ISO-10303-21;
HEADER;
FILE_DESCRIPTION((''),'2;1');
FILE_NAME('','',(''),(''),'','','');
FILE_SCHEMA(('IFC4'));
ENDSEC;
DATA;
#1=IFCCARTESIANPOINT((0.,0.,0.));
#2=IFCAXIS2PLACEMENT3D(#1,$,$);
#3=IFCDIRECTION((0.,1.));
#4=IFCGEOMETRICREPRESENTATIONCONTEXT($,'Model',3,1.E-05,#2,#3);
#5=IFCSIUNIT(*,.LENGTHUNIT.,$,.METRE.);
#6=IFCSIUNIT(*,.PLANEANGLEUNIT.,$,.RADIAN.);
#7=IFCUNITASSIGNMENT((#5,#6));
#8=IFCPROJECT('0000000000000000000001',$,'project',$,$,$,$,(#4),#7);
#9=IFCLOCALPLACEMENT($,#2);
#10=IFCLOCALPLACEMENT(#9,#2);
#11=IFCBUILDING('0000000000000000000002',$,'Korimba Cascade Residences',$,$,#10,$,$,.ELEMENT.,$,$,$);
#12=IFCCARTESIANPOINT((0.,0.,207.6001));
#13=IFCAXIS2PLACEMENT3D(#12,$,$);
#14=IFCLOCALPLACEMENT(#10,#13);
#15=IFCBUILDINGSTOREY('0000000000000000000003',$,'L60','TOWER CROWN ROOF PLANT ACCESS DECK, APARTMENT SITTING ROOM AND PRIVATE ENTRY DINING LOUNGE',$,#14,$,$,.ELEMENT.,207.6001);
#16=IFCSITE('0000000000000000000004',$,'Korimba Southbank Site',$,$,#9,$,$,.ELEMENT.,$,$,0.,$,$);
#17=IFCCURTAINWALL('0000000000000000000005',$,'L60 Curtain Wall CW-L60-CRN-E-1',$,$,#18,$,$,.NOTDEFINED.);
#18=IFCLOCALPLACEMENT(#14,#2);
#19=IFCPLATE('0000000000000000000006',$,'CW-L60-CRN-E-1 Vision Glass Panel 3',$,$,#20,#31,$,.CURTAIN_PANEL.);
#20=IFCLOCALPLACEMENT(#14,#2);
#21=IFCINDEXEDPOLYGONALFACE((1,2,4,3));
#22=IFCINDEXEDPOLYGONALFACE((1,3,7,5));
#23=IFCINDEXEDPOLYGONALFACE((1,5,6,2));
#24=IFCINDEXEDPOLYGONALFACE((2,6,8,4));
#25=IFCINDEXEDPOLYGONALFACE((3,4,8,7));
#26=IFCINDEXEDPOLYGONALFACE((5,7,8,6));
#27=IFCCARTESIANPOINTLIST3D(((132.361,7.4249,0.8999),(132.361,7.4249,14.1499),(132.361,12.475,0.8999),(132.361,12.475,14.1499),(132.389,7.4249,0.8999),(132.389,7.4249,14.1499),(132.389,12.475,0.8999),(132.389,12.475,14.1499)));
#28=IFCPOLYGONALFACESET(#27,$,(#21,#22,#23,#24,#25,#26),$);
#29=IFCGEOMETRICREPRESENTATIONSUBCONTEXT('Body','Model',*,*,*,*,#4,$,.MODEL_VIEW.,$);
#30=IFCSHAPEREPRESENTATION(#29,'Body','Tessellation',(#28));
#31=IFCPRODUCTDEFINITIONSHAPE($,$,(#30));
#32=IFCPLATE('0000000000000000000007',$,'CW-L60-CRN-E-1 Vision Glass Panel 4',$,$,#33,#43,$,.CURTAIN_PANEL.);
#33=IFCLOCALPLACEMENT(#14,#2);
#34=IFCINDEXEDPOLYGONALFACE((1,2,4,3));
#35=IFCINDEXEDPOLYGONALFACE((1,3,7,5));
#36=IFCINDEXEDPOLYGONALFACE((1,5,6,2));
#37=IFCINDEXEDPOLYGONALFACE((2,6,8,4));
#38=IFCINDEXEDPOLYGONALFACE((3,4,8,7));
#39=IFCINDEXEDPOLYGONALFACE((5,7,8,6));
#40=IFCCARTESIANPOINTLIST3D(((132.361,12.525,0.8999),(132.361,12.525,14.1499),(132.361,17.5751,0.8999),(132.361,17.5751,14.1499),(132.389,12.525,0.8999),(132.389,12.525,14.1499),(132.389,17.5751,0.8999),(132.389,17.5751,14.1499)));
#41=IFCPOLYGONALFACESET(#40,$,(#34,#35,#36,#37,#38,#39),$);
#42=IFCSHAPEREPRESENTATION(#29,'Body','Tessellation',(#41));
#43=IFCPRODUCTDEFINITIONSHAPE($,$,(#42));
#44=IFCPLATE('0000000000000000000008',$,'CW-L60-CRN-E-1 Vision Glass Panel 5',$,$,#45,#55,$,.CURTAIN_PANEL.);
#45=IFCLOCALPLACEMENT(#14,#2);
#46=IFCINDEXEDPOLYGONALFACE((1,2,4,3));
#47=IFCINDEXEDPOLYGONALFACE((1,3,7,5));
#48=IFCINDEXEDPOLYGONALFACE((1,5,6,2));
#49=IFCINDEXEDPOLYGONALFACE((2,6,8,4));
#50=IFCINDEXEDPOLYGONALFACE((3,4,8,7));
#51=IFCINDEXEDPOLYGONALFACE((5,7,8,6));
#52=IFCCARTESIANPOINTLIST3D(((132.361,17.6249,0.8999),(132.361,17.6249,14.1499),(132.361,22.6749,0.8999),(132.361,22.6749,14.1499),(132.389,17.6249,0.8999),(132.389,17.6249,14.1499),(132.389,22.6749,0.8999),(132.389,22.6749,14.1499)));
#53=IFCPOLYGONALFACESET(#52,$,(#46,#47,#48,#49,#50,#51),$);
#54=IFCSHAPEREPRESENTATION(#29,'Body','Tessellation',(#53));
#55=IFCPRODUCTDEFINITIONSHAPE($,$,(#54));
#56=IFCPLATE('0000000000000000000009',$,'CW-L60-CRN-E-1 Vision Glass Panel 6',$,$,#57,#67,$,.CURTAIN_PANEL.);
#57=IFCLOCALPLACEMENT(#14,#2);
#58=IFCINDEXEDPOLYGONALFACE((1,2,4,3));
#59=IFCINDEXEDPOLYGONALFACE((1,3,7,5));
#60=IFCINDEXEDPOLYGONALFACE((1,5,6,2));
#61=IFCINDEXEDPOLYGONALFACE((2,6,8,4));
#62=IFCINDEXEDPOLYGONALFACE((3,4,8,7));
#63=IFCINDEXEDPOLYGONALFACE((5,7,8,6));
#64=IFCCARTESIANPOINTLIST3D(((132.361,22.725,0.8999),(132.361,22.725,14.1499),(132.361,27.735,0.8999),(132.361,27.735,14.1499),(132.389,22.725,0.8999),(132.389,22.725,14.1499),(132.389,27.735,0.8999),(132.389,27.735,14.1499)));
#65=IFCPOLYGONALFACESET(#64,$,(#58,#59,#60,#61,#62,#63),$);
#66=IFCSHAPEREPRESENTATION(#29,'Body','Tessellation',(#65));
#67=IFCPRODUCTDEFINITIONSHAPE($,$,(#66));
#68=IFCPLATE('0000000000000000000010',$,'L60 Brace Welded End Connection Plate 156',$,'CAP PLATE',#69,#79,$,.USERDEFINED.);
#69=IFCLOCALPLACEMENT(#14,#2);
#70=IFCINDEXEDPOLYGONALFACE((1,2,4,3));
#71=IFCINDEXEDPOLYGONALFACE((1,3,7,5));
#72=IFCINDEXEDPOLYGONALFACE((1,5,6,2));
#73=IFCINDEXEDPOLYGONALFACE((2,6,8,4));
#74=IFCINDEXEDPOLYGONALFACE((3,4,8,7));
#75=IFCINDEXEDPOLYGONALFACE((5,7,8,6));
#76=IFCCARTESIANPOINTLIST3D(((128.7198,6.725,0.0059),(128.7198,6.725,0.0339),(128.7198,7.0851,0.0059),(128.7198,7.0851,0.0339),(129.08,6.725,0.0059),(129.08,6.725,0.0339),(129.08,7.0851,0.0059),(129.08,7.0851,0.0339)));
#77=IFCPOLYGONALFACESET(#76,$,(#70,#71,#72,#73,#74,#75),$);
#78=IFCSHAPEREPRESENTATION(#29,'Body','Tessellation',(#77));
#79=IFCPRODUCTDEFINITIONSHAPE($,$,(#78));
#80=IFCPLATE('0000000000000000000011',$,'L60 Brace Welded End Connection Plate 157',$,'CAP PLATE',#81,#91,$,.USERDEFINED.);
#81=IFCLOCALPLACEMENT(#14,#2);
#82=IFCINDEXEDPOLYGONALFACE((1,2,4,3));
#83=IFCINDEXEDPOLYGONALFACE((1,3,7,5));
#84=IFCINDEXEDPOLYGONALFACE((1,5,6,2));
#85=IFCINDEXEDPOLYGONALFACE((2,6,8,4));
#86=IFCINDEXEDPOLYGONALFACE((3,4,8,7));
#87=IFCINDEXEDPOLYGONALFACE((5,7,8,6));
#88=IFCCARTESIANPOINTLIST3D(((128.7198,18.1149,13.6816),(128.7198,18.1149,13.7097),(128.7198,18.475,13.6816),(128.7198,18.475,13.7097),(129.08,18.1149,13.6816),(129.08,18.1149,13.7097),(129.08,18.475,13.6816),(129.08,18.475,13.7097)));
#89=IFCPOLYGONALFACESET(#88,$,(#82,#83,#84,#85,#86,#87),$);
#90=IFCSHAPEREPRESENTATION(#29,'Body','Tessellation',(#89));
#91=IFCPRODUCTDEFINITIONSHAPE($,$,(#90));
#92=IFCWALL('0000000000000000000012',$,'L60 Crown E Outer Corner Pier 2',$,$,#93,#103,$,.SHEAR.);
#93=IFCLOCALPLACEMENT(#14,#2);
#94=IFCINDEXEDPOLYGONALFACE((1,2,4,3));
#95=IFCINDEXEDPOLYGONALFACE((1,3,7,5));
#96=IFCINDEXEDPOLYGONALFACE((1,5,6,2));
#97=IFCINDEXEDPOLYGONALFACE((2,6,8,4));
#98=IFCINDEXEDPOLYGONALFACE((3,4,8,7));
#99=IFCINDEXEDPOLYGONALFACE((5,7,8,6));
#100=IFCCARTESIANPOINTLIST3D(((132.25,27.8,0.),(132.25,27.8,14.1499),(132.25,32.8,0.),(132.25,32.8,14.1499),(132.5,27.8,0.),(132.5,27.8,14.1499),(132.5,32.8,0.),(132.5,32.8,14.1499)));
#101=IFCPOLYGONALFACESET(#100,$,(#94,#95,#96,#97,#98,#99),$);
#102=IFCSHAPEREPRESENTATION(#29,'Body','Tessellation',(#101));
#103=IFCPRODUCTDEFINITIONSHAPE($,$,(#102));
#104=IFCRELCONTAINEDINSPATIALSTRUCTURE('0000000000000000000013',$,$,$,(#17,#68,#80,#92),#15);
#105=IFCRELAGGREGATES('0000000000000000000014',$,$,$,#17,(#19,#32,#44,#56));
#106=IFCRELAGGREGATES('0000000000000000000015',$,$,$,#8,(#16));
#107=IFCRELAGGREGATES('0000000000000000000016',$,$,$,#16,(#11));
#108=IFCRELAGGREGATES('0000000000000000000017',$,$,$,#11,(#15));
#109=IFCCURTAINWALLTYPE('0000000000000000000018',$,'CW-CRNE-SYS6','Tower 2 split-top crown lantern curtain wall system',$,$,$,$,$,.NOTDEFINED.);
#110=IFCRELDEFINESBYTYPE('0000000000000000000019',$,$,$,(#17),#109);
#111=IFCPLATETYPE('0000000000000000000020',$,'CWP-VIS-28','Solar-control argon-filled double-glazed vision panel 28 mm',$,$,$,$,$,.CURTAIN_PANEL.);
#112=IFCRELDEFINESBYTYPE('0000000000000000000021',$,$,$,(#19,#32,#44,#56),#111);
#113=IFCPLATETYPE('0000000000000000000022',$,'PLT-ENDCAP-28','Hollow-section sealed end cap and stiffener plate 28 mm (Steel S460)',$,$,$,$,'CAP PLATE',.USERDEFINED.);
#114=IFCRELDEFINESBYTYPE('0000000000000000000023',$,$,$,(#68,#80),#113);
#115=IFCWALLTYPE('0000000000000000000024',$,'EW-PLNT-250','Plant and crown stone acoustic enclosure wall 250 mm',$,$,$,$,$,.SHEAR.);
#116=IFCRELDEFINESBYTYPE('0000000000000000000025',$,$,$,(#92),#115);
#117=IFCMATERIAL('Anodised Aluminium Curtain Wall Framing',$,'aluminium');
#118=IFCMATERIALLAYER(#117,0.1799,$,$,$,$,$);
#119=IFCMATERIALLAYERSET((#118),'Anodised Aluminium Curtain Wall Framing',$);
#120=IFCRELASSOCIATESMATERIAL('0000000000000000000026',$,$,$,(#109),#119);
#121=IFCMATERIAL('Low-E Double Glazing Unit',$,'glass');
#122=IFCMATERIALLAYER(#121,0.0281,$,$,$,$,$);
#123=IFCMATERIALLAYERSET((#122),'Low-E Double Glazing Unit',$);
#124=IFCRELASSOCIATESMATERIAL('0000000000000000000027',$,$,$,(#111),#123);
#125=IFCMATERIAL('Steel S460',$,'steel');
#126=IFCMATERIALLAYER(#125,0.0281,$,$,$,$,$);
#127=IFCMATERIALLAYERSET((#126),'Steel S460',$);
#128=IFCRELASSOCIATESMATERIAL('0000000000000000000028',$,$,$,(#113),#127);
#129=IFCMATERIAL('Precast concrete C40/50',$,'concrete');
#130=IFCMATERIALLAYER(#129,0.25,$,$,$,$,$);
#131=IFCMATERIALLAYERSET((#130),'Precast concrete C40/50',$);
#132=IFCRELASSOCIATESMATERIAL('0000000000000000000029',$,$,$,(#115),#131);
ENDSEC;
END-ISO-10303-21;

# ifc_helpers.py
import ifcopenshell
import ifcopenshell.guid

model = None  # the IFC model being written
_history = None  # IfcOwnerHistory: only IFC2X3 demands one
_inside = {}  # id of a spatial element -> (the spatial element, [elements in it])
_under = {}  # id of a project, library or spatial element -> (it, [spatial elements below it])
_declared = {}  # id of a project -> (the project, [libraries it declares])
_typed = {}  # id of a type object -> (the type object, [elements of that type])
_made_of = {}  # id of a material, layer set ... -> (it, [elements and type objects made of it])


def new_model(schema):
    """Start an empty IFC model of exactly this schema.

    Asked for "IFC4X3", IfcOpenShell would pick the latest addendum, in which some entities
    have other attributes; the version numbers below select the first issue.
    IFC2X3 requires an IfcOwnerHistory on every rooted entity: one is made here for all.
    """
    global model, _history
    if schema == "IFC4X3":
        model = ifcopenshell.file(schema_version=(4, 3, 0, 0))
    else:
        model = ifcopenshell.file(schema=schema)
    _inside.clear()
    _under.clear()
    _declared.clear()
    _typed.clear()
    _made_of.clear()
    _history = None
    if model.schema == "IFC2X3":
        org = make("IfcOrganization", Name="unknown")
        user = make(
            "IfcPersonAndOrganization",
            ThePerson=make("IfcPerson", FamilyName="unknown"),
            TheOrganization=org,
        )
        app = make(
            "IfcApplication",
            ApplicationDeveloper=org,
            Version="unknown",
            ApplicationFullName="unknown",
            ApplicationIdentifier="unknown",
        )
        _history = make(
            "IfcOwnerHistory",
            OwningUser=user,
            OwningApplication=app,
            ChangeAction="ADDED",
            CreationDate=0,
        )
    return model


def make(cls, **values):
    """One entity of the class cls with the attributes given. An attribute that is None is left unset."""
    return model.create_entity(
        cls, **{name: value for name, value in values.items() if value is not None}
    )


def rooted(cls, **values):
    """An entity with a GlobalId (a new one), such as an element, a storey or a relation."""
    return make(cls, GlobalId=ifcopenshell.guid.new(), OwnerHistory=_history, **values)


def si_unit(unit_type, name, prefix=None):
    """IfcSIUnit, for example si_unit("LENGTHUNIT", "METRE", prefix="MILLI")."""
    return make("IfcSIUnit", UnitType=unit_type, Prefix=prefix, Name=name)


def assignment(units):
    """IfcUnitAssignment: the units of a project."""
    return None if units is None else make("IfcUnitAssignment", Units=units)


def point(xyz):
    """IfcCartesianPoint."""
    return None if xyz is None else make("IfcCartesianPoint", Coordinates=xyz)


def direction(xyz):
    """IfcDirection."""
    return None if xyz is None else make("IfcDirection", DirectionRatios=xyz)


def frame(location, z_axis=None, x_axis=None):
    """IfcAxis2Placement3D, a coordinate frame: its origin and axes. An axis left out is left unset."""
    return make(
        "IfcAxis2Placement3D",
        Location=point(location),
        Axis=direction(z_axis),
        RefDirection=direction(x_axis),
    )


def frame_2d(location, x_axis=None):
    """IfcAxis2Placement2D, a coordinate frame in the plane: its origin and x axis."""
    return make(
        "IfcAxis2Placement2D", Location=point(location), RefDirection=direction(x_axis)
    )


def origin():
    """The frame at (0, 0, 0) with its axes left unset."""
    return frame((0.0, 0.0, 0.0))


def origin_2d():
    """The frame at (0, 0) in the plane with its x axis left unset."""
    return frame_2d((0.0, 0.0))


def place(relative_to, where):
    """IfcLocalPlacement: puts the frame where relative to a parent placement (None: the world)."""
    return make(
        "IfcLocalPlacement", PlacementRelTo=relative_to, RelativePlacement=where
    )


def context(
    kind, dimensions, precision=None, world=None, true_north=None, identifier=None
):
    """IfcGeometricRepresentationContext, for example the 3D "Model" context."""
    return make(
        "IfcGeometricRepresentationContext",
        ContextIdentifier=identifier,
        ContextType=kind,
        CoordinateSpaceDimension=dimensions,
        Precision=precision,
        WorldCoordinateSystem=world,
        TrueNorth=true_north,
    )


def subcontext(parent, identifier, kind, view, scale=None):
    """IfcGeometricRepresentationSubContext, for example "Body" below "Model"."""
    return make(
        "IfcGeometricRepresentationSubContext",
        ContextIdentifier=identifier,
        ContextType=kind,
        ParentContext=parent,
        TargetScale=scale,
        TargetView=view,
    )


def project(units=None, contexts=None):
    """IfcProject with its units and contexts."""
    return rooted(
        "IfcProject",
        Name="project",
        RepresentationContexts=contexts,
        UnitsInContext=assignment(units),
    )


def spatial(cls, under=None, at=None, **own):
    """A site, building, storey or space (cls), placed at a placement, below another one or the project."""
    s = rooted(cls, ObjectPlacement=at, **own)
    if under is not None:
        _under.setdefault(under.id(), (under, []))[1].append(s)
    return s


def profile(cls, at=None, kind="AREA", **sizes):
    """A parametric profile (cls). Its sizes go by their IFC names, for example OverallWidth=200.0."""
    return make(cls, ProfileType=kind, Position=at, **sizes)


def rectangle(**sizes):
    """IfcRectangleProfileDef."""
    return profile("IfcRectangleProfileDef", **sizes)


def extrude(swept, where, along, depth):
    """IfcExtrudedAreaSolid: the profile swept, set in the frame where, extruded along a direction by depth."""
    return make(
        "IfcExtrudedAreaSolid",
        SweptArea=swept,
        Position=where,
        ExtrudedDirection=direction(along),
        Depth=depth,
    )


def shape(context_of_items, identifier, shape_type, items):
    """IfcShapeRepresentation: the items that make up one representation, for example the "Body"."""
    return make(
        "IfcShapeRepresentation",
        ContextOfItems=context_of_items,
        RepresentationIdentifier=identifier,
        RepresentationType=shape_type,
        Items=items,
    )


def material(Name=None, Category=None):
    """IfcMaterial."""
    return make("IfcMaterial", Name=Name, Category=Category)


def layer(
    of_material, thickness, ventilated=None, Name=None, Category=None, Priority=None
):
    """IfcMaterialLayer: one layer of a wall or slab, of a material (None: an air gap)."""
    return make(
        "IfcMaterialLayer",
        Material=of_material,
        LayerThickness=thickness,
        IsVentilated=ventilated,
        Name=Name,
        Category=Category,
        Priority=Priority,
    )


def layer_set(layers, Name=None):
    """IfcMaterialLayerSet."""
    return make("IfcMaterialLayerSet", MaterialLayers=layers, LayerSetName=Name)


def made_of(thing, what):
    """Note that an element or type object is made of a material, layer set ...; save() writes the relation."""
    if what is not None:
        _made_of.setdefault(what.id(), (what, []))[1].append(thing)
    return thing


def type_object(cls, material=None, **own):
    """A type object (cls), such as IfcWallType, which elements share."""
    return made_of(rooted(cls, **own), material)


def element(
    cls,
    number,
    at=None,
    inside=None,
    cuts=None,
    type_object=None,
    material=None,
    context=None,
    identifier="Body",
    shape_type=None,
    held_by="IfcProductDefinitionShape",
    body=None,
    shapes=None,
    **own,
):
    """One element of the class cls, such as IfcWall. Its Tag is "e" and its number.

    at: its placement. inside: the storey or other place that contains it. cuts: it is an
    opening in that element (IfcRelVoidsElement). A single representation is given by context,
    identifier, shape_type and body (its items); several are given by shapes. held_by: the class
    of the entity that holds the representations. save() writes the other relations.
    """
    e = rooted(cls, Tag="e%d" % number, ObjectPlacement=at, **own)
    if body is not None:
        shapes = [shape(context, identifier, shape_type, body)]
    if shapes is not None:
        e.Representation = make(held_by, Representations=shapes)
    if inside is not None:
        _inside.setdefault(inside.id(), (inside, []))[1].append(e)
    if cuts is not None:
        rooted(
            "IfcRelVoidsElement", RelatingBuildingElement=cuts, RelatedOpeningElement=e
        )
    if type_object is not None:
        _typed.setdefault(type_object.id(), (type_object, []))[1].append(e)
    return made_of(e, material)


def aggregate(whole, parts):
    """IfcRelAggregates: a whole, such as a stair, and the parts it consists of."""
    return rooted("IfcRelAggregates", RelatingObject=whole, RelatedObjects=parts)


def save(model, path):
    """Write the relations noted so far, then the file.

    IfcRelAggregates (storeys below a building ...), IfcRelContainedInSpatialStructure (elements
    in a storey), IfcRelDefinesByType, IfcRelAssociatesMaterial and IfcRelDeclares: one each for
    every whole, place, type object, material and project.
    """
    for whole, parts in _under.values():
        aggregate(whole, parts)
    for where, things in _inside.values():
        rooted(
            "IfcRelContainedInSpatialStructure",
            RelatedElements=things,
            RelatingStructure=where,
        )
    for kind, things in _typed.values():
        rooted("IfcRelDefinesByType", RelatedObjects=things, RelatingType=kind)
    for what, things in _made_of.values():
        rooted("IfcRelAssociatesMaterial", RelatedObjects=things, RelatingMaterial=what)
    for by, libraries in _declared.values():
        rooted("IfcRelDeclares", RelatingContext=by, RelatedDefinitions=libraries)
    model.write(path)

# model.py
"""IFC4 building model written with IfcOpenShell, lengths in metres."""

from ifc_helpers import new_model, si_unit, direction, frame, frame_2d, origin, origin_2d, place, context, subcontext, project, spatial, rectangle, extrude, material, layer, layer_set, type_object, element, aggregate, save


model = new_model("IFC4")

# Units and contexts
model_context = context("Model", 3, precision=1e-05, world=origin(), true_north=direction((0.0, 1.0)))
body_context = subcontext(model_context, "Body", "Model", "MODEL_VIEW")
ifc_project = project(units=[si_unit("LENGTHUNIT", "METRE"), si_unit("PLANEANGLEUNIT", "RADIAN")], contexts=[model_context])

# Site, building, storey
site_placement = place(None, origin())
site = spatial("IfcSite", under=ifc_project, at=site_placement, Name="Korimba Southbank Site", CompositionType="ELEMENT", RefElevation=0.0)
building_placement = place(site_placement, origin())
building = spatial("IfcBuilding", under=site, at=building_placement, Name="Korimba Cascade Residences", CompositionType="ELEMENT")
storey_placement = place(building_placement, frame((0.0, 0.0, 207.6001)))
storey = spatial("IfcBuildingStorey", under=building, at=storey_placement, Name="L60", Description="TOWER CROWN ROOF PLANT ACCESS DECK, APARTMENT SITTING ROOM AND PRIVATE ENTRY DINING LOUNGE", CompositionType="ELEMENT", Elevation=207.6001)

# Curtain wall
ifc_material_1 = material(Name="Anodised Aluminium Curtain Wall Framing", Category="aluminium")
ifc_layer_1 = layer(ifc_material_1, 0.1799)
ifc_layer_set_1 = layer_set([ifc_layer_1], Name="Anodised Aluminium Curtain Wall Framing")
curtain_wall_type = type_object("IfcCurtainWallType", Name="CW-CRNE-SYS6", Description="Tower 2 split-top crown lantern curtain wall system", PredefinedType="NOTDEFINED", material=ifc_layer_set_1)
curtain_wall_placement = place(storey_placement, origin())
curtain_wall = element("IfcCurtainWall", 1, at=curtain_wall_placement, inside=storey, type_object=curtain_wall_type, Name="L60 Curtain Wall CW-L60-CRN-E-1", PredefinedType="NOTDEFINED")

# Plates
ifc_material_2 = material(Name="Low-E Double Glazing Unit", Category="glass")
ifc_layer_2 = layer(ifc_material_2, 0.0281)
ifc_layer_set_2 = layer_set([ifc_layer_2], Name="Low-E Double Glazing Unit")
plate_type_1 = type_object("IfcPlateType", Name="CWP-VIS-28", Description="Solar-control argon-filled double-glazed vision panel 28 mm", PredefinedType="CURTAIN_PANEL", material=ifc_layer_set_2)
plate_1_placement = place(storey_placement, frame((132.375, 9.95, 0.8999), z_axis=(0.0, 0.0, 1.0), x_axis=(0.0, 1.0, 0.0)))
plate_1 = element("IfcPlate", 2, at=plate_1_placement, type_object=plate_type_1, Name="CW-L60-CRN-E-1 Vision Glass Panel 3", PredefinedType="CURTAIN_PANEL", context=body_context, shape_type="SweptSolid", body=[
    extrude(rectangle(XDim=5.05, YDim=0.0281, at=origin_2d()), origin(), (0.0, 0.0, 1.0), 13.25),
])
plate_2_placement = place(storey_placement, frame((132.375, 15.05, 0.8999), z_axis=(0.0, 0.0, 1.0), x_axis=(0.0, 1.0, 0.0)))
plate_2 = element("IfcPlate", 3, at=plate_2_placement, type_object=plate_type_1, Name="CW-L60-CRN-E-1 Vision Glass Panel 4", PredefinedType="CURTAIN_PANEL", context=body_context, shape_type="SweptSolid", body=[
    extrude(rectangle(XDim=5.05, YDim=0.0281, at=origin_2d()), origin(), (0.0, 0.0, 1.0), 13.25),
])
plate_3_placement = place(storey_placement, frame((132.375, 20.1499, 0.8999), z_axis=(0.0, 0.0, 1.0), x_axis=(0.0, 1.0, 0.0)))
plate_3 = element("IfcPlate", 4, at=plate_3_placement, type_object=plate_type_1, Name="CW-L60-CRN-E-1 Vision Glass Panel 5", PredefinedType="CURTAIN_PANEL", context=body_context, shape_type="SweptSolid", body=[
    extrude(rectangle(XDim=5.05, YDim=0.0281, at=origin_2d()), origin(), (0.0, 0.0, 1.0), 13.25),
])
plate_4_placement = place(storey_placement, frame((132.375, 25.23, 0.8999), z_axis=(0.0, 0.0, 1.0), x_axis=(0.0, 1.0, 0.0)))
plate_4 = element("IfcPlate", 5, at=plate_4_placement, type_object=plate_type_1, Name="CW-L60-CRN-E-1 Vision Glass Panel 6", PredefinedType="CURTAIN_PANEL", context=body_context, shape_type="SweptSolid", body=[
    extrude(rectangle(XDim=5.01, YDim=0.0281, at=origin_2d()), origin(), (0.0, 0.0, 1.0), 13.25),
])
aggregate(curtain_wall, [plate_1, plate_2, plate_3, plate_4])

# Plates
ifc_material_3 = material(Name="Steel S460", Category="steel")
ifc_layer_3 = layer(ifc_material_3, 0.0281)
ifc_layer_set_3 = layer_set([ifc_layer_3], Name="Steel S460")
plate_type_2 = type_object("IfcPlateType", Name="PLT-ENDCAP-28", Description="Hollow-section sealed end cap and stiffener plate 28 mm (Steel S460)", ElementType="CAP PLATE", PredefinedType="USERDEFINED", material=ifc_layer_set_3)
for number, where, z_axis, x_axis, name in (
    (6, (128.8999, 6.905, 0.0059), (0.0, 0.0, 1.0), (1.0, 0.0, 0.0), "L60 Brace Welded End Connection Plate 156"),
    (7, (128.8999, 18.2949, 13.6816), (0.0, 0.0, 1.0), (1.0, 0.0, 0.0), "L60 Brace Welded End Connection Plate 157"),
):
    element("IfcPlate", number, at=place(storey_placement, frame(where, z_axis=z_axis, x_axis=x_axis)), inside=storey, type_object=plate_type_2, Name=name, ObjectType="CAP PLATE", PredefinedType="USERDEFINED", context=body_context, shape_type="SweptSolid", body=[
        extrude(rectangle(XDim=0.3601, YDim=0.3601, at=origin_2d()), origin(), (0.0, 0.0, 1.0), 0.0281),
    ])

# Wall
ifc_material_4 = material(Name="Precast concrete C40/50", Category="concrete")
ifc_layer_4 = layer(ifc_material_4, 0.25)
ifc_layer_set_4 = layer_set([ifc_layer_4], Name="Precast concrete C40/50")
wall_type = type_object("IfcWallType", Name="EW-PLNT-250", Description="Plant and crown stone acoustic enclosure wall 250 mm", PredefinedType="SHEAR", material=ifc_layer_set_4)
wall_placement = place(storey_placement, frame((132.375, 27.8, 0.0), z_axis=(0.0, 0.0, 1.0), x_axis=(0.0, 1.0, 0.0)))
element("IfcWall", 8, at=wall_placement, inside=storey, type_object=wall_type, Name="L60 Crown E Outer Corner Pier 2", PredefinedType="SHEAR", context=body_context, shape_type="SweptSolid", body=[
    extrude(rectangle(XDim=5.0, YDim=0.25, at=frame_2d((2.5, 0.0))), origin(), (0.0, 0.0, 1.0), 14.1499),
])

save(model, "model.ifc")
